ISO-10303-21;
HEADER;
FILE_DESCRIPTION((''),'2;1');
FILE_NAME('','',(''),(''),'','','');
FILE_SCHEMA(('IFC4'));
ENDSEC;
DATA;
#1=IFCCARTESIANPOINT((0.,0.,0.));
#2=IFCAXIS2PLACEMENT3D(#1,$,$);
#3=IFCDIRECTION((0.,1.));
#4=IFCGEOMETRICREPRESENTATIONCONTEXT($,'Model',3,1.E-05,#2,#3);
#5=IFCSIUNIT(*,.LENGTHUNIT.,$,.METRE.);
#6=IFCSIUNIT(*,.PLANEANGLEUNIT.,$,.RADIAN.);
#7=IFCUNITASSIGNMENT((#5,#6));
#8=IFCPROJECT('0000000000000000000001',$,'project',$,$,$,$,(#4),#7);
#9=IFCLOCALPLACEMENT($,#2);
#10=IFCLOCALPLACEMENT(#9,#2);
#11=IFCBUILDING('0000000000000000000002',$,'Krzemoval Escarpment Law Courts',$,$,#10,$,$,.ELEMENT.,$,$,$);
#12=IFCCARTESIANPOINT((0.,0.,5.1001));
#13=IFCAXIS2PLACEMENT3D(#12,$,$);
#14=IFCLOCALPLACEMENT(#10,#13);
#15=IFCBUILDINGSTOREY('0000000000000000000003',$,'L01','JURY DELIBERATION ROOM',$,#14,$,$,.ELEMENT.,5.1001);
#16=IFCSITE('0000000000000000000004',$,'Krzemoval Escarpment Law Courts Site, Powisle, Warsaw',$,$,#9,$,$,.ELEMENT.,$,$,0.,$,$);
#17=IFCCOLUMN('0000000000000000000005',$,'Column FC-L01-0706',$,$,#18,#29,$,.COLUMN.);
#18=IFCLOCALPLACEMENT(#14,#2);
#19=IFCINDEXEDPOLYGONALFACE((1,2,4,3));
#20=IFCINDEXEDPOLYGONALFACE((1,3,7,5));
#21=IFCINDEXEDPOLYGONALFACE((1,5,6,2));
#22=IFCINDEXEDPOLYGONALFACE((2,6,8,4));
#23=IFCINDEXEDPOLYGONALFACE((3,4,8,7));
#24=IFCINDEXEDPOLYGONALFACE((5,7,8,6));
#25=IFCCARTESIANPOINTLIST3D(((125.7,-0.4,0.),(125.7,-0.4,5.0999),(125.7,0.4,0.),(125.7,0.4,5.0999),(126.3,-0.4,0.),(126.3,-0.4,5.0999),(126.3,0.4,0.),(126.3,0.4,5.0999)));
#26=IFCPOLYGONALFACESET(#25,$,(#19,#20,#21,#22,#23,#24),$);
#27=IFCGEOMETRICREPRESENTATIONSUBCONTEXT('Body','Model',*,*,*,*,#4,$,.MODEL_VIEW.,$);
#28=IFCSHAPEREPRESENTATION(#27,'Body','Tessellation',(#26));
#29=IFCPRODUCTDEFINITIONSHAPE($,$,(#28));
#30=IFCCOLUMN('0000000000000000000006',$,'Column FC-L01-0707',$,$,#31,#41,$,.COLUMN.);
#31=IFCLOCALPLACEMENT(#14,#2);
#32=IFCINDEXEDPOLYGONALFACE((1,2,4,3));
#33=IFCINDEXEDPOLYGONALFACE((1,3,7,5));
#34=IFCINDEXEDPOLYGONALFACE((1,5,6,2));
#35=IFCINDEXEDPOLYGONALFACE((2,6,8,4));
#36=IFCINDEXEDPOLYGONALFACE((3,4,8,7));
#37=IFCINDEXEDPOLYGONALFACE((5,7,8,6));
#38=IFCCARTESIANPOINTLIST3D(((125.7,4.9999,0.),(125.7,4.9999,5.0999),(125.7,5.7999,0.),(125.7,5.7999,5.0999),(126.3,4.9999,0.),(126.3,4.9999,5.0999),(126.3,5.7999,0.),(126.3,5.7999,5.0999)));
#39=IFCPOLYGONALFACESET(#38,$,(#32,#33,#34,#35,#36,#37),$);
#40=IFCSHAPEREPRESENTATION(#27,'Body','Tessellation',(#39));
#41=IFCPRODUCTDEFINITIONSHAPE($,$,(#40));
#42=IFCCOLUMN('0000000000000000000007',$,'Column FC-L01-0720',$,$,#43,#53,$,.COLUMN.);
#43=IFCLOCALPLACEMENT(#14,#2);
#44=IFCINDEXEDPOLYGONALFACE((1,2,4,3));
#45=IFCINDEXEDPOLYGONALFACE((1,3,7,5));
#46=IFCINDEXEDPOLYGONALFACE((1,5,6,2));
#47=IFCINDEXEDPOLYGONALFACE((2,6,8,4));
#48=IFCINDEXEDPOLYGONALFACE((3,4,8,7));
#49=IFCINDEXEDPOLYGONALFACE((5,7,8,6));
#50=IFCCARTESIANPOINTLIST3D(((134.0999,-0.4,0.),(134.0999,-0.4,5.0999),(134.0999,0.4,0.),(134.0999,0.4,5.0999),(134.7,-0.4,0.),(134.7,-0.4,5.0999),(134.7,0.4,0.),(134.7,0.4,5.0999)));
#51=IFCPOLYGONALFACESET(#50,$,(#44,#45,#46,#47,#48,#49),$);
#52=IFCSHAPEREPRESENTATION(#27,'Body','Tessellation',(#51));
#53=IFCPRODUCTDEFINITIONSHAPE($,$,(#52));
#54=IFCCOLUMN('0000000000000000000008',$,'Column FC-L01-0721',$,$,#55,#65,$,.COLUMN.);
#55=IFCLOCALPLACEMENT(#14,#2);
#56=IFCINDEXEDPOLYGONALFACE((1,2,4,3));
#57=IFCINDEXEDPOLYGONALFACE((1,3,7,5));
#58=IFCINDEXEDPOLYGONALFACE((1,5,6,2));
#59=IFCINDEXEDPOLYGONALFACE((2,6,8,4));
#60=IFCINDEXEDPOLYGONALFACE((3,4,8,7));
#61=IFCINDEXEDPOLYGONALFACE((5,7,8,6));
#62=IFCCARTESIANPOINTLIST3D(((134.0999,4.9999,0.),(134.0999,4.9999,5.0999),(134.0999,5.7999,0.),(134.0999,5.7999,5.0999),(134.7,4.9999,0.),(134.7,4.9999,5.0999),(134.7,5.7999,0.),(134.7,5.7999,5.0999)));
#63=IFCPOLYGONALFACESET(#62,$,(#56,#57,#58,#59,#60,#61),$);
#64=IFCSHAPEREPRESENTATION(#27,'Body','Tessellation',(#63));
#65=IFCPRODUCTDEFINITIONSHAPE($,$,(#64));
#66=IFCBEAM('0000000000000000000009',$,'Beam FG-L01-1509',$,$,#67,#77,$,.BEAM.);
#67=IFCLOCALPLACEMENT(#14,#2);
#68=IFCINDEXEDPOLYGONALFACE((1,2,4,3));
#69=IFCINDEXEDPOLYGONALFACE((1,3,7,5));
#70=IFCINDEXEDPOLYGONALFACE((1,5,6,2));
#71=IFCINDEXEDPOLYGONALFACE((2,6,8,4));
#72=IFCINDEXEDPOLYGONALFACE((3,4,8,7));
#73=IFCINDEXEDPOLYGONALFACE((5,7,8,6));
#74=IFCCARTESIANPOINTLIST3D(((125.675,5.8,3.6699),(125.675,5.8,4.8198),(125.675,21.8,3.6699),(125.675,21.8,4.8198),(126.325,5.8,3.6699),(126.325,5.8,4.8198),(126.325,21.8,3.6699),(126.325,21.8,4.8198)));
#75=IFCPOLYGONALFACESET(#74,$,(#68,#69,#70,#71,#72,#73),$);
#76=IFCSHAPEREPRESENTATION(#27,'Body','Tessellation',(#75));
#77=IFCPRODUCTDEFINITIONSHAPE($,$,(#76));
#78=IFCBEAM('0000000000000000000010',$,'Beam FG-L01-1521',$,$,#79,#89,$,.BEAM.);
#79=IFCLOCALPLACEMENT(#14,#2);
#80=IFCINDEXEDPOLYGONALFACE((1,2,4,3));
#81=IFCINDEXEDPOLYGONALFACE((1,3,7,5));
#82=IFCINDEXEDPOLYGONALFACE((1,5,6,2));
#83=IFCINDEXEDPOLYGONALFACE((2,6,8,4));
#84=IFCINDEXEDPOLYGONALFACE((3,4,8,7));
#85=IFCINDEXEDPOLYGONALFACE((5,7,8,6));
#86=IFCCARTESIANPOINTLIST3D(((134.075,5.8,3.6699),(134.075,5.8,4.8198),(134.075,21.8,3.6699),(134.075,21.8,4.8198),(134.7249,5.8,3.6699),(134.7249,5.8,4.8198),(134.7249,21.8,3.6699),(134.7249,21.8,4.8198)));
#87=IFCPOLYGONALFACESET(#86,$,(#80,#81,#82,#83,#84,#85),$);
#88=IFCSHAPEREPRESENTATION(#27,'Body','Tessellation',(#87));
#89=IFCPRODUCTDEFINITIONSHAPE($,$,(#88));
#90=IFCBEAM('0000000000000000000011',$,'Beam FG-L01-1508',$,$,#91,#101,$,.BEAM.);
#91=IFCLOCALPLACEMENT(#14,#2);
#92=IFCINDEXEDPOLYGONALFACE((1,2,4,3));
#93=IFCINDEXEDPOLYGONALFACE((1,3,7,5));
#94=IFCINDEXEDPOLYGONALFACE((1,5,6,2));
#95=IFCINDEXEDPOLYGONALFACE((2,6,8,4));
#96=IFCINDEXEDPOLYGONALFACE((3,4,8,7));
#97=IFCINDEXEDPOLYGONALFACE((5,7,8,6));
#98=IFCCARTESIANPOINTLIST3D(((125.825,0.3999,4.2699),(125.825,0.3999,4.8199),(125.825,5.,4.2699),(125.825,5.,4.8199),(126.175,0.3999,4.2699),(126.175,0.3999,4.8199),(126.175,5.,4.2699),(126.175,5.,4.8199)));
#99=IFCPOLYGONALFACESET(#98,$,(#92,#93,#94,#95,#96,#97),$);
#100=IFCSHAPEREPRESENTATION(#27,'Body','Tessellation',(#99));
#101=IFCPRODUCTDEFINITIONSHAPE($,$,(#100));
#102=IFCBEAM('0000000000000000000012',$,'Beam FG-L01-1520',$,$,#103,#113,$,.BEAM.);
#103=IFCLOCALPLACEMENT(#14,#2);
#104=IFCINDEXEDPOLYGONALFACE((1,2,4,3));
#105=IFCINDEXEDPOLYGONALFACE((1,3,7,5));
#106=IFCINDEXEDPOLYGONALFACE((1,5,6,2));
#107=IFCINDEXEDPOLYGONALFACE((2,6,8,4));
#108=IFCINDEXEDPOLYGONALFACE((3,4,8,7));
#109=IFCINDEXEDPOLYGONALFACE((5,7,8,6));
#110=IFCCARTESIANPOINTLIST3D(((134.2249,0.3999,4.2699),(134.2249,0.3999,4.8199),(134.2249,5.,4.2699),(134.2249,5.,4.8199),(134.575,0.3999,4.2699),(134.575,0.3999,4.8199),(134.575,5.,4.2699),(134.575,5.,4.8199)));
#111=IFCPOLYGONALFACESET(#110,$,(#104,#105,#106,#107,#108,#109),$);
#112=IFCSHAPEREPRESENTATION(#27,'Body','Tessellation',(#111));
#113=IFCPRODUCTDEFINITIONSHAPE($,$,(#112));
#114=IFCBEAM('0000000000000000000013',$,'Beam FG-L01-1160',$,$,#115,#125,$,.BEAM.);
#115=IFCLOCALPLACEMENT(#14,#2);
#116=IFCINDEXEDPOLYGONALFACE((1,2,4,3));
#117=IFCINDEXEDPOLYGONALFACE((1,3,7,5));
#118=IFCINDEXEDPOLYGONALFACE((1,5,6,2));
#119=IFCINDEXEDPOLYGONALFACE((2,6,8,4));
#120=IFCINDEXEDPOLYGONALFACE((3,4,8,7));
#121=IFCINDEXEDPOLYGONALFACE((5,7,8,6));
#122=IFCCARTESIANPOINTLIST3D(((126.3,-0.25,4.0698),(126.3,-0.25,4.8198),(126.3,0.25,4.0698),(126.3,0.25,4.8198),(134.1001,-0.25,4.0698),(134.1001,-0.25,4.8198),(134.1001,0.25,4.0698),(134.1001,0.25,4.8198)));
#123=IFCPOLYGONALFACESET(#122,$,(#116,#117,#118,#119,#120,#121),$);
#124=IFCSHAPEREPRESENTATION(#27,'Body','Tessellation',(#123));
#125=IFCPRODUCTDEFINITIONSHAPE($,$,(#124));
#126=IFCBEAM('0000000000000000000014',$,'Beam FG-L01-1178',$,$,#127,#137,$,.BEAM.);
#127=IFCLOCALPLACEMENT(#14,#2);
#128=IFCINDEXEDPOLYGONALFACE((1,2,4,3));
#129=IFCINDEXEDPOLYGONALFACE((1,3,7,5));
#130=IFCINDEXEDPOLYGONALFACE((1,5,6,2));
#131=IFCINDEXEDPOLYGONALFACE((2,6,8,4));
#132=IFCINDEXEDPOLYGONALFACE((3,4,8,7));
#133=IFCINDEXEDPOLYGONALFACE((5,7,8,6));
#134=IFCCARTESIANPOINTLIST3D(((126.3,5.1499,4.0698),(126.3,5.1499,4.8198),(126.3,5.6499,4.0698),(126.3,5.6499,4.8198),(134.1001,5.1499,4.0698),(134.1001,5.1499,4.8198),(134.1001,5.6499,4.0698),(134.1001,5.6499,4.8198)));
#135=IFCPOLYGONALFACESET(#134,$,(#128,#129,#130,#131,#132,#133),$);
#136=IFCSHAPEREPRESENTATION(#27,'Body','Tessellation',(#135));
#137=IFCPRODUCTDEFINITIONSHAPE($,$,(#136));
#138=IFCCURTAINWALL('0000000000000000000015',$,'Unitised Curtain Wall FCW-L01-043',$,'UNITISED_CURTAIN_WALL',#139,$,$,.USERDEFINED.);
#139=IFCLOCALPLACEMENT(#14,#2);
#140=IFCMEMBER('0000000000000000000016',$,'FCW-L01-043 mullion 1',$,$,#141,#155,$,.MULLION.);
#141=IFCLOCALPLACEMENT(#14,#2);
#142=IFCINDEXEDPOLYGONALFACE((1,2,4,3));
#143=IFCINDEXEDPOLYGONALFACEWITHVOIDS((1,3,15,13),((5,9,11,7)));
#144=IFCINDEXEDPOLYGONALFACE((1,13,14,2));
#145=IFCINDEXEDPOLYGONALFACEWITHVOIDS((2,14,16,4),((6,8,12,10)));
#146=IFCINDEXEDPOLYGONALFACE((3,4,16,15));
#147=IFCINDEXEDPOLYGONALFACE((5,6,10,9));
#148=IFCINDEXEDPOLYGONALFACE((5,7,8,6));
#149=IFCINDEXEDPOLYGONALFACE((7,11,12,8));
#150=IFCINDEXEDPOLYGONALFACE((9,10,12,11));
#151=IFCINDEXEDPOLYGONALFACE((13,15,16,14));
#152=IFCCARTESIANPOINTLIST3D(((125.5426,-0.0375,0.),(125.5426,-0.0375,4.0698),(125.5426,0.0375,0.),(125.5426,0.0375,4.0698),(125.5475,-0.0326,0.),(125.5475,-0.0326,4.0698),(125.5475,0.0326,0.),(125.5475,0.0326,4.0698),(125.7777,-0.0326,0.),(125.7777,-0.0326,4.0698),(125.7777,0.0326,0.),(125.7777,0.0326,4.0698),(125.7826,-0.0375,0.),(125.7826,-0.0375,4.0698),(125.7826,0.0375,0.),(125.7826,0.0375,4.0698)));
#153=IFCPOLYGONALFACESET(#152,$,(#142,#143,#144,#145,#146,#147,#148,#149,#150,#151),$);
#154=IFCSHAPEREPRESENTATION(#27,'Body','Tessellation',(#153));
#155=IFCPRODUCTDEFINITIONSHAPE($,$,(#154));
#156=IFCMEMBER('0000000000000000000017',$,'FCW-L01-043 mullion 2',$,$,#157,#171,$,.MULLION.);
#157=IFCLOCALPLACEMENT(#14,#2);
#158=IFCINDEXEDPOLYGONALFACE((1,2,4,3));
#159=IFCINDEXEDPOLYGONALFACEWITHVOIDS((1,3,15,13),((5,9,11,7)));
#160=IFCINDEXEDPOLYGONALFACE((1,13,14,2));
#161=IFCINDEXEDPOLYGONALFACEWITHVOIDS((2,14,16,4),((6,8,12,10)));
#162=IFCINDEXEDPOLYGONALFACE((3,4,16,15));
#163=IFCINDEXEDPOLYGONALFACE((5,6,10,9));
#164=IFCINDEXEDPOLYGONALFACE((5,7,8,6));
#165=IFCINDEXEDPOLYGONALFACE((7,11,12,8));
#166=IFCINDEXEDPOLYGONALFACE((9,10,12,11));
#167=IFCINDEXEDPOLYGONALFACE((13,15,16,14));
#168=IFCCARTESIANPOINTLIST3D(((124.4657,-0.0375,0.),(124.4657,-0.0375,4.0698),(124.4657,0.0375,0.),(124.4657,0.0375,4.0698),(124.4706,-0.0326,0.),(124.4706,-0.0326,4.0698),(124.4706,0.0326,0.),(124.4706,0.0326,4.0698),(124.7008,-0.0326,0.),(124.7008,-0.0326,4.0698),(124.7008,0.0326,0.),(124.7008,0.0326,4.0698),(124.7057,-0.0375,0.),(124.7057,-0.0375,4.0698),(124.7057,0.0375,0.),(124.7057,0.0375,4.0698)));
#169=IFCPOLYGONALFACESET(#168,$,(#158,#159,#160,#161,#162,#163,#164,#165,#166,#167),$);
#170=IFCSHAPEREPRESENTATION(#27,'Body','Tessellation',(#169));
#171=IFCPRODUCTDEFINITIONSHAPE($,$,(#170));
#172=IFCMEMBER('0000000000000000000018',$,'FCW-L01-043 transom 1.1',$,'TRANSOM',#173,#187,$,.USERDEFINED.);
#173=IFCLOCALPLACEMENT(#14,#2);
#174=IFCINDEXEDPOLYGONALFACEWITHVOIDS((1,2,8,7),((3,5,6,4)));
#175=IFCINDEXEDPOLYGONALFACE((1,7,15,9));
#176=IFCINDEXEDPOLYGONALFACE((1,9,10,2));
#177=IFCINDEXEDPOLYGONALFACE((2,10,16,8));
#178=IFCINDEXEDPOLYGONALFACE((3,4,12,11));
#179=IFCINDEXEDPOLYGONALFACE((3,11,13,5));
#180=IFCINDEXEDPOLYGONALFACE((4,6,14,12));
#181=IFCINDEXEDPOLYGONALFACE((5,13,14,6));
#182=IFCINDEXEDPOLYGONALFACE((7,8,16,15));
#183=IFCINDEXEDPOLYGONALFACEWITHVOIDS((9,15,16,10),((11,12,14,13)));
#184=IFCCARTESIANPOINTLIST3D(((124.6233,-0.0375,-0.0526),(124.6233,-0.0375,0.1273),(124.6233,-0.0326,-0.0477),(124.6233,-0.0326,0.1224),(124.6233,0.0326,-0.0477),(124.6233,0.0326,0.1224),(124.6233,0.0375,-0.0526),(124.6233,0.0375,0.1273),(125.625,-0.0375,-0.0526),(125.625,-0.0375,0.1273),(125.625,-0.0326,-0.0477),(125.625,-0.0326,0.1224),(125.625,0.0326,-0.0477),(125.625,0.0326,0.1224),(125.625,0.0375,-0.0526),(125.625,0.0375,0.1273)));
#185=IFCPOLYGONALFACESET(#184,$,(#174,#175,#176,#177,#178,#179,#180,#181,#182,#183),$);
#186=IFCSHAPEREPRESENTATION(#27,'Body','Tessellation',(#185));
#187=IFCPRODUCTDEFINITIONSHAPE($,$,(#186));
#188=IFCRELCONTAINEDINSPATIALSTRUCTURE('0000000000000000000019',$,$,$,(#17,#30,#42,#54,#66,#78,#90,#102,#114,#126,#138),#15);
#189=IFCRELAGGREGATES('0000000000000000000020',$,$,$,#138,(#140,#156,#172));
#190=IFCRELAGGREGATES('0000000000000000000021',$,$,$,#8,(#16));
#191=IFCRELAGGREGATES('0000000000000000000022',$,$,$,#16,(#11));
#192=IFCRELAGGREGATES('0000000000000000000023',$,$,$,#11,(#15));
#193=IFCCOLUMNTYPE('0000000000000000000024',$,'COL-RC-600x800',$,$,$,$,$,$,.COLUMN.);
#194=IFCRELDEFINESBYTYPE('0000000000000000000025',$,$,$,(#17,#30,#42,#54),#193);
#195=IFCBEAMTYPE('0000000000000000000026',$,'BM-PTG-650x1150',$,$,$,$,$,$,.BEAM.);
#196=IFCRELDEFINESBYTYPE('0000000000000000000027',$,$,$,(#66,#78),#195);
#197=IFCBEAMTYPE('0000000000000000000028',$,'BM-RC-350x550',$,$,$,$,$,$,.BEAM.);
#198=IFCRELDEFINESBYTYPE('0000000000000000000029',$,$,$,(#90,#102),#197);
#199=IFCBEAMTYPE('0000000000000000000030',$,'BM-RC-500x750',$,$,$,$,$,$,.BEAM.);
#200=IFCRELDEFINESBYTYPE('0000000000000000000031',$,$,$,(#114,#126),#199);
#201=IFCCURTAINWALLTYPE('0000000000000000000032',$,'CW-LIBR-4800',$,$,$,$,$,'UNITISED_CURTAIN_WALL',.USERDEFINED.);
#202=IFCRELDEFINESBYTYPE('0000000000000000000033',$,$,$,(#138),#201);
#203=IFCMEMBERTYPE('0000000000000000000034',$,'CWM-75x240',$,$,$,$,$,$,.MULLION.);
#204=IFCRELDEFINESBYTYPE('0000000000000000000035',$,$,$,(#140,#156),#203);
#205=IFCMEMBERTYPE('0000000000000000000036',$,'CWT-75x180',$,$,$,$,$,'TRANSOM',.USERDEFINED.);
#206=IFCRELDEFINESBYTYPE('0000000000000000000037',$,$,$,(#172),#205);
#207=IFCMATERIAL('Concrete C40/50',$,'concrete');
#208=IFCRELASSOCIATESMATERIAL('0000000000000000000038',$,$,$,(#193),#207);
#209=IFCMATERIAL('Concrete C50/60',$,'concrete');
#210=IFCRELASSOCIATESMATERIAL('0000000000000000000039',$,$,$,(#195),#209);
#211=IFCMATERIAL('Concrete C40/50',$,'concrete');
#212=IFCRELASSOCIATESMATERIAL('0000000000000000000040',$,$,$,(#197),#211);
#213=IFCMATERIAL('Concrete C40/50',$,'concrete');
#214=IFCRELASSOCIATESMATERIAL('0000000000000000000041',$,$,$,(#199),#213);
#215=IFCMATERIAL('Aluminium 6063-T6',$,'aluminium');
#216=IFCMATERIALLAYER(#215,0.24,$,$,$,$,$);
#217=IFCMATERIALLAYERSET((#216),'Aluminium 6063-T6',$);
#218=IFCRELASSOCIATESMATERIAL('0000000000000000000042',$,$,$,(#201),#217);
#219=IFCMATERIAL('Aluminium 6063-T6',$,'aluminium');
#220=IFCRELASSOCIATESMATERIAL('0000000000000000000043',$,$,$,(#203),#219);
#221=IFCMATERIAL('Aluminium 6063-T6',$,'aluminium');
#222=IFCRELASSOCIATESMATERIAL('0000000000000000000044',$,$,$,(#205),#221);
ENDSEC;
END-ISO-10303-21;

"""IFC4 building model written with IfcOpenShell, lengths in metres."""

from ifc_helpers import new_model, si_unit, direction, frame, origin, origin_2d, place, context, subcontext, project, spatial, rectangle, hollow_rectangle, extrude, material, layer, layer_set, material_profile, profile_set, type_object, element, aggregate, save


model = new_model("IFC4")

# Units and contexts
model_context = context("Model", 3, precision=1e-05, world=origin(), true_north=direction((0.0, 1.0)))
body_context = subcontext(model_context, "Body", "Model", "MODEL_VIEW")
ifc_project = project(units=[si_unit("LENGTHUNIT", "METRE"), si_unit("PLANEANGLEUNIT", "RADIAN")], contexts=[model_context])

# Site, building, storey
site_placement = place(None, origin())
site = spatial("IfcSite", under=ifc_project, at=site_placement, Name="Krzemoval Escarpment Law Courts Site, Powisle, Warsaw", CompositionType="ELEMENT", RefElevation=0.0)
building_placement = place(site_placement, origin())
building = spatial("IfcBuilding", under=site, at=building_placement, Name="Krzemoval Escarpment Law Courts", CompositionType="ELEMENT")
storey_placement = place(building_placement, frame((0.0, 0.0, 5.1001)))
storey = spatial("IfcBuildingStorey", under=building, at=storey_placement, Name="L01", Description="JURY DELIBERATION ROOM", CompositionType="ELEMENT", Elevation=5.1001)

# Columns
ifc_material_1 = material(Name="Concrete C40/50", Category="concrete")
ifc_material_profile_1 = material_profile(ifc_material_1, rectangle(XDim=0.6001, YDim=0.8, at=origin_2d()), Name="RC 600x800")
ifc_profile_set_1 = profile_set([ifc_material_profile_1], Name="Concrete C40/50")
column_type = type_object("IfcColumnType", Name="COL-RC-600x800", PredefinedType="COLUMN", material=ifc_profile_set_1)
for number, where, z_axis, x_axis, name in (
    (1, (126.0, 0.0, 0.0), (0.0, 0.0, 1.0), (1.0, 0.0, 0.0), "Column FC-L01-0706"),
    (2, (126.0, 5.3999, 0.0), (0.0, 0.0, 1.0), (1.0, 0.0, 0.0), "Column FC-L01-0707"),
    (3, (134.3999, 0.0, 0.0), (0.0, 0.0, 1.0), (1.0, 0.0, 0.0), "Column FC-L01-0720"),
    (4, (134.3999, 5.3999, 0.0), (0.0, 0.0, 1.0), (1.0, 0.0, 0.0), "Column FC-L01-0721"),
):
    element("IfcColumn", number, at=place(storey_placement, frame(where, z_axis=z_axis, x_axis=x_axis)), inside=storey, type_object=column_type, Name=name, PredefinedType="COLUMN", context=body_context, shape_type="SweptSolid", body=[
        extrude(rectangle(XDim=0.6001, YDim=0.8, at=origin_2d()), origin(), (0.0, 0.0, 1.0), 5.0999),
    ])

# Beams
ifc_material_2 = material(Name="Concrete C50/60", Category="concrete")
ifc_material_profile_2 = material_profile(ifc_material_2, rectangle(XDim=0.6499, YDim=1.1499, at=origin_2d()), Name="PTG 650x1150")
ifc_profile_set_2 = profile_set([ifc_material_profile_2], Name="Concrete C50/60")
beam_type_1 = type_object("IfcBeamType", Name="BM-PTG-650x1150", PredefinedType="BEAM", material=ifc_profile_set_2)
for number, where, z_axis, x_axis, name in (
    (5, (126.0, 5.8, 4.2449), (0.0, 1.0, 0.0), (-1.0, 0.0, 0.0), "Beam FG-L01-1509"),
    (6, (134.3999, 5.8, 4.2449), (0.0, 1.0, 0.0), (-1.0, 0.0, 0.0), "Beam FG-L01-1521"),
):
    element("IfcBeam", number, at=place(storey_placement, frame(where, z_axis=z_axis, x_axis=x_axis)), inside=storey, type_object=beam_type_1, Name=name, PredefinedType="BEAM", context=body_context, shape_type="SweptSolid", body=[
        extrude(rectangle(XDim=0.6499, YDim=1.1499, at=origin_2d()), origin(), (0.0, 0.0, 1.0), 16.0),
    ])
ifc_material_3 = material(Name="Concrete C40/50", Category="concrete")
ifc_material_profile_3 = material_profile(ifc_material_3, rectangle(XDim=0.3501, YDim=0.55, at=origin_2d()), Name="RCB 350x550")
ifc_profile_set_3 = profile_set([ifc_material_profile_3], Name="Concrete C40/50")
beam_type_2 = type_object("IfcBeamType", Name="BM-RC-350x550", PredefinedType="BEAM", material=ifc_profile_set_3)
for number, where, z_axis, x_axis, name in (
    (7, (126.0, 0.3999, 4.5449), (0.0, 1.0, 0.0), (-1.0, 0.0, 0.0), "Beam FG-L01-1508"),
    (8, (134.3999, 0.3999, 4.5449), (0.0, 1.0, 0.0), (-1.0, 0.0, 0.0), "Beam FG-L01-1520"),
):
    element("IfcBeam", number, at=place(storey_placement, frame(where, z_axis=z_axis, x_axis=x_axis)), inside=storey, type_object=beam_type_2, Name=name, PredefinedType="BEAM", context=body_context, shape_type="SweptSolid", body=[
        extrude(rectangle(XDim=0.3501, YDim=0.55, at=origin_2d()), origin(), (0.0, 0.0, 1.0), 4.6001),
    ])
ifc_material_4 = material(Name="Concrete C40/50", Category="concrete")
ifc_material_profile_4 = material_profile(ifc_material_4, rectangle(XDim=0.5, YDim=0.75, at=origin_2d()), Name="RCB 500x750")
ifc_profile_set_4 = profile_set([ifc_material_profile_4], Name="Concrete C40/50")
beam_type_3 = type_object("IfcBeamType", Name="BM-RC-500x750", PredefinedType="BEAM", material=ifc_profile_set_4)
for number, where, z_axis, x_axis, name in (
    (9, (126.3, 0.0, 4.4448), (1.0, 0.0, 0.0), (0.0, 1.0, 0.0), "Beam FG-L01-1160"),
    (10, (126.3, 5.3999, 4.4448), (1.0, 0.0, 0.0), (0.0, 1.0, 0.0), "Beam FG-L01-1178"),
):
    element("IfcBeam", number, at=place(storey_placement, frame(where, z_axis=z_axis, x_axis=x_axis)), inside=storey, type_object=beam_type_3, Name=name, PredefinedType="BEAM", context=body_context, shape_type="SweptSolid", body=[
        extrude(rectangle(XDim=0.5, YDim=0.75, at=origin_2d()), origin(), (0.0, 0.0, 1.0), 7.8),
    ])

# Curtain wall, members
ifc_material_5 = material(Name="Aluminium 6063-T6", Category="aluminium")
ifc_layer_1 = layer(ifc_material_5, 0.24)
ifc_layer_set_1 = layer_set([ifc_layer_1], Name="Aluminium 6063-T6")
curtain_wall_type = type_object("IfcCurtainWallType", Name="CW-LIBR-4800", ElementType="UNITISED_CURTAIN_WALL", PredefinedType="USERDEFINED", material=ifc_layer_set_1)
curtain_wall_placement = place(storey_placement, origin())
curtain_wall = element("IfcCurtainWall", 11, at=curtain_wall_placement, inside=storey, type_object=curtain_wall_type, Name="Unitised Curtain Wall FCW-L01-043", ObjectType="UNITISED_CURTAIN_WALL", PredefinedType="USERDEFINED")
ifc_material_6 = material(Name="Aluminium 6063-T6", Category="aluminium")
ifc_material_profile_5 = material_profile(ifc_material_6, hollow_rectangle(XDim=0.075, YDim=0.24, WallThickness=0.0049, at=origin_2d()), Name="ALU M75x240")
ifc_profile_set_5 = profile_set([ifc_material_profile_5], Name="Aluminium 6063-T6")
member_type_1 = type_object("IfcMemberType", Name="CWM-75x240", PredefinedType="MULLION", material=ifc_profile_set_5)
member_1_placement = place(storey_placement, frame((125.6626, 0.0, 0.0), z_axis=(0.0, 0.0, 1.0), x_axis=(0.0, -1.0, 0.0)))
member_1 = element("IfcMember", 12, at=member_1_placement, type_object=member_type_1, Name="FCW-L01-043 mullion 1", PredefinedType="MULLION", context=body_context, shape_type="SweptSolid", body=[
    extrude(hollow_rectangle(XDim=0.075, YDim=0.24, WallThickness=0.0049, at=origin_2d()), origin(), (0.0, 0.0, 1.0), 4.0698),
])
member_2_placement = place(storey_placement, frame((124.5857, 0.0, 0.0), z_axis=(0.0, 0.0, 1.0), x_axis=(0.0, -1.0, 0.0)))
member_2 = element("IfcMember", 13, at=member_2_placement, type_object=member_type_1, Name="FCW-L01-043 mullion 2", PredefinedType="MULLION", context=body_context, shape_type="SweptSolid", body=[
    extrude(hollow_rectangle(XDim=0.075, YDim=0.24, WallThickness=0.0049, at=origin_2d()), origin(), (0.0, 0.0, 1.0), 4.0698),
])
ifc_material_7 = material(Name="Aluminium 6063-T6", Category="aluminium")
ifc_material_profile_6 = material_profile(ifc_material_7, hollow_rectangle(XDim=0.075, YDim=0.1799, WallThickness=0.0049, at=origin_2d()), Name="ALU T75x180")
ifc_profile_set_6 = profile_set([ifc_material_profile_6], Name="Aluminium 6063-T6")
member_type_2 = type_object("IfcMemberType", Name="CWT-75x180", ElementType="TRANSOM", PredefinedType="USERDEFINED", material=ifc_profile_set_6)
member_3_placement = place(storey_placement, frame((125.625, 0.0, 0.0374), z_axis=(-1.0, 0.0, 0.0), x_axis=(0.0, -1.0, 0.0)))
member_3 = element("IfcMember", 14, at=member_3_placement, type_object=member_type_2, Name="FCW-L01-043 transom 1.1", ObjectType="TRANSOM", PredefinedType="USERDEFINED", context=body_context, shape_type="SweptSolid", body=[
    extrude(hollow_rectangle(XDim=0.075, YDim=0.1799, WallThickness=0.0049, at=origin_2d()), origin(), (0.0, 0.0, 1.0), 1.0017),
])

aggregate(curtain_wall, [member_1, member_2, member_3])

save(model, "model.ifc")
